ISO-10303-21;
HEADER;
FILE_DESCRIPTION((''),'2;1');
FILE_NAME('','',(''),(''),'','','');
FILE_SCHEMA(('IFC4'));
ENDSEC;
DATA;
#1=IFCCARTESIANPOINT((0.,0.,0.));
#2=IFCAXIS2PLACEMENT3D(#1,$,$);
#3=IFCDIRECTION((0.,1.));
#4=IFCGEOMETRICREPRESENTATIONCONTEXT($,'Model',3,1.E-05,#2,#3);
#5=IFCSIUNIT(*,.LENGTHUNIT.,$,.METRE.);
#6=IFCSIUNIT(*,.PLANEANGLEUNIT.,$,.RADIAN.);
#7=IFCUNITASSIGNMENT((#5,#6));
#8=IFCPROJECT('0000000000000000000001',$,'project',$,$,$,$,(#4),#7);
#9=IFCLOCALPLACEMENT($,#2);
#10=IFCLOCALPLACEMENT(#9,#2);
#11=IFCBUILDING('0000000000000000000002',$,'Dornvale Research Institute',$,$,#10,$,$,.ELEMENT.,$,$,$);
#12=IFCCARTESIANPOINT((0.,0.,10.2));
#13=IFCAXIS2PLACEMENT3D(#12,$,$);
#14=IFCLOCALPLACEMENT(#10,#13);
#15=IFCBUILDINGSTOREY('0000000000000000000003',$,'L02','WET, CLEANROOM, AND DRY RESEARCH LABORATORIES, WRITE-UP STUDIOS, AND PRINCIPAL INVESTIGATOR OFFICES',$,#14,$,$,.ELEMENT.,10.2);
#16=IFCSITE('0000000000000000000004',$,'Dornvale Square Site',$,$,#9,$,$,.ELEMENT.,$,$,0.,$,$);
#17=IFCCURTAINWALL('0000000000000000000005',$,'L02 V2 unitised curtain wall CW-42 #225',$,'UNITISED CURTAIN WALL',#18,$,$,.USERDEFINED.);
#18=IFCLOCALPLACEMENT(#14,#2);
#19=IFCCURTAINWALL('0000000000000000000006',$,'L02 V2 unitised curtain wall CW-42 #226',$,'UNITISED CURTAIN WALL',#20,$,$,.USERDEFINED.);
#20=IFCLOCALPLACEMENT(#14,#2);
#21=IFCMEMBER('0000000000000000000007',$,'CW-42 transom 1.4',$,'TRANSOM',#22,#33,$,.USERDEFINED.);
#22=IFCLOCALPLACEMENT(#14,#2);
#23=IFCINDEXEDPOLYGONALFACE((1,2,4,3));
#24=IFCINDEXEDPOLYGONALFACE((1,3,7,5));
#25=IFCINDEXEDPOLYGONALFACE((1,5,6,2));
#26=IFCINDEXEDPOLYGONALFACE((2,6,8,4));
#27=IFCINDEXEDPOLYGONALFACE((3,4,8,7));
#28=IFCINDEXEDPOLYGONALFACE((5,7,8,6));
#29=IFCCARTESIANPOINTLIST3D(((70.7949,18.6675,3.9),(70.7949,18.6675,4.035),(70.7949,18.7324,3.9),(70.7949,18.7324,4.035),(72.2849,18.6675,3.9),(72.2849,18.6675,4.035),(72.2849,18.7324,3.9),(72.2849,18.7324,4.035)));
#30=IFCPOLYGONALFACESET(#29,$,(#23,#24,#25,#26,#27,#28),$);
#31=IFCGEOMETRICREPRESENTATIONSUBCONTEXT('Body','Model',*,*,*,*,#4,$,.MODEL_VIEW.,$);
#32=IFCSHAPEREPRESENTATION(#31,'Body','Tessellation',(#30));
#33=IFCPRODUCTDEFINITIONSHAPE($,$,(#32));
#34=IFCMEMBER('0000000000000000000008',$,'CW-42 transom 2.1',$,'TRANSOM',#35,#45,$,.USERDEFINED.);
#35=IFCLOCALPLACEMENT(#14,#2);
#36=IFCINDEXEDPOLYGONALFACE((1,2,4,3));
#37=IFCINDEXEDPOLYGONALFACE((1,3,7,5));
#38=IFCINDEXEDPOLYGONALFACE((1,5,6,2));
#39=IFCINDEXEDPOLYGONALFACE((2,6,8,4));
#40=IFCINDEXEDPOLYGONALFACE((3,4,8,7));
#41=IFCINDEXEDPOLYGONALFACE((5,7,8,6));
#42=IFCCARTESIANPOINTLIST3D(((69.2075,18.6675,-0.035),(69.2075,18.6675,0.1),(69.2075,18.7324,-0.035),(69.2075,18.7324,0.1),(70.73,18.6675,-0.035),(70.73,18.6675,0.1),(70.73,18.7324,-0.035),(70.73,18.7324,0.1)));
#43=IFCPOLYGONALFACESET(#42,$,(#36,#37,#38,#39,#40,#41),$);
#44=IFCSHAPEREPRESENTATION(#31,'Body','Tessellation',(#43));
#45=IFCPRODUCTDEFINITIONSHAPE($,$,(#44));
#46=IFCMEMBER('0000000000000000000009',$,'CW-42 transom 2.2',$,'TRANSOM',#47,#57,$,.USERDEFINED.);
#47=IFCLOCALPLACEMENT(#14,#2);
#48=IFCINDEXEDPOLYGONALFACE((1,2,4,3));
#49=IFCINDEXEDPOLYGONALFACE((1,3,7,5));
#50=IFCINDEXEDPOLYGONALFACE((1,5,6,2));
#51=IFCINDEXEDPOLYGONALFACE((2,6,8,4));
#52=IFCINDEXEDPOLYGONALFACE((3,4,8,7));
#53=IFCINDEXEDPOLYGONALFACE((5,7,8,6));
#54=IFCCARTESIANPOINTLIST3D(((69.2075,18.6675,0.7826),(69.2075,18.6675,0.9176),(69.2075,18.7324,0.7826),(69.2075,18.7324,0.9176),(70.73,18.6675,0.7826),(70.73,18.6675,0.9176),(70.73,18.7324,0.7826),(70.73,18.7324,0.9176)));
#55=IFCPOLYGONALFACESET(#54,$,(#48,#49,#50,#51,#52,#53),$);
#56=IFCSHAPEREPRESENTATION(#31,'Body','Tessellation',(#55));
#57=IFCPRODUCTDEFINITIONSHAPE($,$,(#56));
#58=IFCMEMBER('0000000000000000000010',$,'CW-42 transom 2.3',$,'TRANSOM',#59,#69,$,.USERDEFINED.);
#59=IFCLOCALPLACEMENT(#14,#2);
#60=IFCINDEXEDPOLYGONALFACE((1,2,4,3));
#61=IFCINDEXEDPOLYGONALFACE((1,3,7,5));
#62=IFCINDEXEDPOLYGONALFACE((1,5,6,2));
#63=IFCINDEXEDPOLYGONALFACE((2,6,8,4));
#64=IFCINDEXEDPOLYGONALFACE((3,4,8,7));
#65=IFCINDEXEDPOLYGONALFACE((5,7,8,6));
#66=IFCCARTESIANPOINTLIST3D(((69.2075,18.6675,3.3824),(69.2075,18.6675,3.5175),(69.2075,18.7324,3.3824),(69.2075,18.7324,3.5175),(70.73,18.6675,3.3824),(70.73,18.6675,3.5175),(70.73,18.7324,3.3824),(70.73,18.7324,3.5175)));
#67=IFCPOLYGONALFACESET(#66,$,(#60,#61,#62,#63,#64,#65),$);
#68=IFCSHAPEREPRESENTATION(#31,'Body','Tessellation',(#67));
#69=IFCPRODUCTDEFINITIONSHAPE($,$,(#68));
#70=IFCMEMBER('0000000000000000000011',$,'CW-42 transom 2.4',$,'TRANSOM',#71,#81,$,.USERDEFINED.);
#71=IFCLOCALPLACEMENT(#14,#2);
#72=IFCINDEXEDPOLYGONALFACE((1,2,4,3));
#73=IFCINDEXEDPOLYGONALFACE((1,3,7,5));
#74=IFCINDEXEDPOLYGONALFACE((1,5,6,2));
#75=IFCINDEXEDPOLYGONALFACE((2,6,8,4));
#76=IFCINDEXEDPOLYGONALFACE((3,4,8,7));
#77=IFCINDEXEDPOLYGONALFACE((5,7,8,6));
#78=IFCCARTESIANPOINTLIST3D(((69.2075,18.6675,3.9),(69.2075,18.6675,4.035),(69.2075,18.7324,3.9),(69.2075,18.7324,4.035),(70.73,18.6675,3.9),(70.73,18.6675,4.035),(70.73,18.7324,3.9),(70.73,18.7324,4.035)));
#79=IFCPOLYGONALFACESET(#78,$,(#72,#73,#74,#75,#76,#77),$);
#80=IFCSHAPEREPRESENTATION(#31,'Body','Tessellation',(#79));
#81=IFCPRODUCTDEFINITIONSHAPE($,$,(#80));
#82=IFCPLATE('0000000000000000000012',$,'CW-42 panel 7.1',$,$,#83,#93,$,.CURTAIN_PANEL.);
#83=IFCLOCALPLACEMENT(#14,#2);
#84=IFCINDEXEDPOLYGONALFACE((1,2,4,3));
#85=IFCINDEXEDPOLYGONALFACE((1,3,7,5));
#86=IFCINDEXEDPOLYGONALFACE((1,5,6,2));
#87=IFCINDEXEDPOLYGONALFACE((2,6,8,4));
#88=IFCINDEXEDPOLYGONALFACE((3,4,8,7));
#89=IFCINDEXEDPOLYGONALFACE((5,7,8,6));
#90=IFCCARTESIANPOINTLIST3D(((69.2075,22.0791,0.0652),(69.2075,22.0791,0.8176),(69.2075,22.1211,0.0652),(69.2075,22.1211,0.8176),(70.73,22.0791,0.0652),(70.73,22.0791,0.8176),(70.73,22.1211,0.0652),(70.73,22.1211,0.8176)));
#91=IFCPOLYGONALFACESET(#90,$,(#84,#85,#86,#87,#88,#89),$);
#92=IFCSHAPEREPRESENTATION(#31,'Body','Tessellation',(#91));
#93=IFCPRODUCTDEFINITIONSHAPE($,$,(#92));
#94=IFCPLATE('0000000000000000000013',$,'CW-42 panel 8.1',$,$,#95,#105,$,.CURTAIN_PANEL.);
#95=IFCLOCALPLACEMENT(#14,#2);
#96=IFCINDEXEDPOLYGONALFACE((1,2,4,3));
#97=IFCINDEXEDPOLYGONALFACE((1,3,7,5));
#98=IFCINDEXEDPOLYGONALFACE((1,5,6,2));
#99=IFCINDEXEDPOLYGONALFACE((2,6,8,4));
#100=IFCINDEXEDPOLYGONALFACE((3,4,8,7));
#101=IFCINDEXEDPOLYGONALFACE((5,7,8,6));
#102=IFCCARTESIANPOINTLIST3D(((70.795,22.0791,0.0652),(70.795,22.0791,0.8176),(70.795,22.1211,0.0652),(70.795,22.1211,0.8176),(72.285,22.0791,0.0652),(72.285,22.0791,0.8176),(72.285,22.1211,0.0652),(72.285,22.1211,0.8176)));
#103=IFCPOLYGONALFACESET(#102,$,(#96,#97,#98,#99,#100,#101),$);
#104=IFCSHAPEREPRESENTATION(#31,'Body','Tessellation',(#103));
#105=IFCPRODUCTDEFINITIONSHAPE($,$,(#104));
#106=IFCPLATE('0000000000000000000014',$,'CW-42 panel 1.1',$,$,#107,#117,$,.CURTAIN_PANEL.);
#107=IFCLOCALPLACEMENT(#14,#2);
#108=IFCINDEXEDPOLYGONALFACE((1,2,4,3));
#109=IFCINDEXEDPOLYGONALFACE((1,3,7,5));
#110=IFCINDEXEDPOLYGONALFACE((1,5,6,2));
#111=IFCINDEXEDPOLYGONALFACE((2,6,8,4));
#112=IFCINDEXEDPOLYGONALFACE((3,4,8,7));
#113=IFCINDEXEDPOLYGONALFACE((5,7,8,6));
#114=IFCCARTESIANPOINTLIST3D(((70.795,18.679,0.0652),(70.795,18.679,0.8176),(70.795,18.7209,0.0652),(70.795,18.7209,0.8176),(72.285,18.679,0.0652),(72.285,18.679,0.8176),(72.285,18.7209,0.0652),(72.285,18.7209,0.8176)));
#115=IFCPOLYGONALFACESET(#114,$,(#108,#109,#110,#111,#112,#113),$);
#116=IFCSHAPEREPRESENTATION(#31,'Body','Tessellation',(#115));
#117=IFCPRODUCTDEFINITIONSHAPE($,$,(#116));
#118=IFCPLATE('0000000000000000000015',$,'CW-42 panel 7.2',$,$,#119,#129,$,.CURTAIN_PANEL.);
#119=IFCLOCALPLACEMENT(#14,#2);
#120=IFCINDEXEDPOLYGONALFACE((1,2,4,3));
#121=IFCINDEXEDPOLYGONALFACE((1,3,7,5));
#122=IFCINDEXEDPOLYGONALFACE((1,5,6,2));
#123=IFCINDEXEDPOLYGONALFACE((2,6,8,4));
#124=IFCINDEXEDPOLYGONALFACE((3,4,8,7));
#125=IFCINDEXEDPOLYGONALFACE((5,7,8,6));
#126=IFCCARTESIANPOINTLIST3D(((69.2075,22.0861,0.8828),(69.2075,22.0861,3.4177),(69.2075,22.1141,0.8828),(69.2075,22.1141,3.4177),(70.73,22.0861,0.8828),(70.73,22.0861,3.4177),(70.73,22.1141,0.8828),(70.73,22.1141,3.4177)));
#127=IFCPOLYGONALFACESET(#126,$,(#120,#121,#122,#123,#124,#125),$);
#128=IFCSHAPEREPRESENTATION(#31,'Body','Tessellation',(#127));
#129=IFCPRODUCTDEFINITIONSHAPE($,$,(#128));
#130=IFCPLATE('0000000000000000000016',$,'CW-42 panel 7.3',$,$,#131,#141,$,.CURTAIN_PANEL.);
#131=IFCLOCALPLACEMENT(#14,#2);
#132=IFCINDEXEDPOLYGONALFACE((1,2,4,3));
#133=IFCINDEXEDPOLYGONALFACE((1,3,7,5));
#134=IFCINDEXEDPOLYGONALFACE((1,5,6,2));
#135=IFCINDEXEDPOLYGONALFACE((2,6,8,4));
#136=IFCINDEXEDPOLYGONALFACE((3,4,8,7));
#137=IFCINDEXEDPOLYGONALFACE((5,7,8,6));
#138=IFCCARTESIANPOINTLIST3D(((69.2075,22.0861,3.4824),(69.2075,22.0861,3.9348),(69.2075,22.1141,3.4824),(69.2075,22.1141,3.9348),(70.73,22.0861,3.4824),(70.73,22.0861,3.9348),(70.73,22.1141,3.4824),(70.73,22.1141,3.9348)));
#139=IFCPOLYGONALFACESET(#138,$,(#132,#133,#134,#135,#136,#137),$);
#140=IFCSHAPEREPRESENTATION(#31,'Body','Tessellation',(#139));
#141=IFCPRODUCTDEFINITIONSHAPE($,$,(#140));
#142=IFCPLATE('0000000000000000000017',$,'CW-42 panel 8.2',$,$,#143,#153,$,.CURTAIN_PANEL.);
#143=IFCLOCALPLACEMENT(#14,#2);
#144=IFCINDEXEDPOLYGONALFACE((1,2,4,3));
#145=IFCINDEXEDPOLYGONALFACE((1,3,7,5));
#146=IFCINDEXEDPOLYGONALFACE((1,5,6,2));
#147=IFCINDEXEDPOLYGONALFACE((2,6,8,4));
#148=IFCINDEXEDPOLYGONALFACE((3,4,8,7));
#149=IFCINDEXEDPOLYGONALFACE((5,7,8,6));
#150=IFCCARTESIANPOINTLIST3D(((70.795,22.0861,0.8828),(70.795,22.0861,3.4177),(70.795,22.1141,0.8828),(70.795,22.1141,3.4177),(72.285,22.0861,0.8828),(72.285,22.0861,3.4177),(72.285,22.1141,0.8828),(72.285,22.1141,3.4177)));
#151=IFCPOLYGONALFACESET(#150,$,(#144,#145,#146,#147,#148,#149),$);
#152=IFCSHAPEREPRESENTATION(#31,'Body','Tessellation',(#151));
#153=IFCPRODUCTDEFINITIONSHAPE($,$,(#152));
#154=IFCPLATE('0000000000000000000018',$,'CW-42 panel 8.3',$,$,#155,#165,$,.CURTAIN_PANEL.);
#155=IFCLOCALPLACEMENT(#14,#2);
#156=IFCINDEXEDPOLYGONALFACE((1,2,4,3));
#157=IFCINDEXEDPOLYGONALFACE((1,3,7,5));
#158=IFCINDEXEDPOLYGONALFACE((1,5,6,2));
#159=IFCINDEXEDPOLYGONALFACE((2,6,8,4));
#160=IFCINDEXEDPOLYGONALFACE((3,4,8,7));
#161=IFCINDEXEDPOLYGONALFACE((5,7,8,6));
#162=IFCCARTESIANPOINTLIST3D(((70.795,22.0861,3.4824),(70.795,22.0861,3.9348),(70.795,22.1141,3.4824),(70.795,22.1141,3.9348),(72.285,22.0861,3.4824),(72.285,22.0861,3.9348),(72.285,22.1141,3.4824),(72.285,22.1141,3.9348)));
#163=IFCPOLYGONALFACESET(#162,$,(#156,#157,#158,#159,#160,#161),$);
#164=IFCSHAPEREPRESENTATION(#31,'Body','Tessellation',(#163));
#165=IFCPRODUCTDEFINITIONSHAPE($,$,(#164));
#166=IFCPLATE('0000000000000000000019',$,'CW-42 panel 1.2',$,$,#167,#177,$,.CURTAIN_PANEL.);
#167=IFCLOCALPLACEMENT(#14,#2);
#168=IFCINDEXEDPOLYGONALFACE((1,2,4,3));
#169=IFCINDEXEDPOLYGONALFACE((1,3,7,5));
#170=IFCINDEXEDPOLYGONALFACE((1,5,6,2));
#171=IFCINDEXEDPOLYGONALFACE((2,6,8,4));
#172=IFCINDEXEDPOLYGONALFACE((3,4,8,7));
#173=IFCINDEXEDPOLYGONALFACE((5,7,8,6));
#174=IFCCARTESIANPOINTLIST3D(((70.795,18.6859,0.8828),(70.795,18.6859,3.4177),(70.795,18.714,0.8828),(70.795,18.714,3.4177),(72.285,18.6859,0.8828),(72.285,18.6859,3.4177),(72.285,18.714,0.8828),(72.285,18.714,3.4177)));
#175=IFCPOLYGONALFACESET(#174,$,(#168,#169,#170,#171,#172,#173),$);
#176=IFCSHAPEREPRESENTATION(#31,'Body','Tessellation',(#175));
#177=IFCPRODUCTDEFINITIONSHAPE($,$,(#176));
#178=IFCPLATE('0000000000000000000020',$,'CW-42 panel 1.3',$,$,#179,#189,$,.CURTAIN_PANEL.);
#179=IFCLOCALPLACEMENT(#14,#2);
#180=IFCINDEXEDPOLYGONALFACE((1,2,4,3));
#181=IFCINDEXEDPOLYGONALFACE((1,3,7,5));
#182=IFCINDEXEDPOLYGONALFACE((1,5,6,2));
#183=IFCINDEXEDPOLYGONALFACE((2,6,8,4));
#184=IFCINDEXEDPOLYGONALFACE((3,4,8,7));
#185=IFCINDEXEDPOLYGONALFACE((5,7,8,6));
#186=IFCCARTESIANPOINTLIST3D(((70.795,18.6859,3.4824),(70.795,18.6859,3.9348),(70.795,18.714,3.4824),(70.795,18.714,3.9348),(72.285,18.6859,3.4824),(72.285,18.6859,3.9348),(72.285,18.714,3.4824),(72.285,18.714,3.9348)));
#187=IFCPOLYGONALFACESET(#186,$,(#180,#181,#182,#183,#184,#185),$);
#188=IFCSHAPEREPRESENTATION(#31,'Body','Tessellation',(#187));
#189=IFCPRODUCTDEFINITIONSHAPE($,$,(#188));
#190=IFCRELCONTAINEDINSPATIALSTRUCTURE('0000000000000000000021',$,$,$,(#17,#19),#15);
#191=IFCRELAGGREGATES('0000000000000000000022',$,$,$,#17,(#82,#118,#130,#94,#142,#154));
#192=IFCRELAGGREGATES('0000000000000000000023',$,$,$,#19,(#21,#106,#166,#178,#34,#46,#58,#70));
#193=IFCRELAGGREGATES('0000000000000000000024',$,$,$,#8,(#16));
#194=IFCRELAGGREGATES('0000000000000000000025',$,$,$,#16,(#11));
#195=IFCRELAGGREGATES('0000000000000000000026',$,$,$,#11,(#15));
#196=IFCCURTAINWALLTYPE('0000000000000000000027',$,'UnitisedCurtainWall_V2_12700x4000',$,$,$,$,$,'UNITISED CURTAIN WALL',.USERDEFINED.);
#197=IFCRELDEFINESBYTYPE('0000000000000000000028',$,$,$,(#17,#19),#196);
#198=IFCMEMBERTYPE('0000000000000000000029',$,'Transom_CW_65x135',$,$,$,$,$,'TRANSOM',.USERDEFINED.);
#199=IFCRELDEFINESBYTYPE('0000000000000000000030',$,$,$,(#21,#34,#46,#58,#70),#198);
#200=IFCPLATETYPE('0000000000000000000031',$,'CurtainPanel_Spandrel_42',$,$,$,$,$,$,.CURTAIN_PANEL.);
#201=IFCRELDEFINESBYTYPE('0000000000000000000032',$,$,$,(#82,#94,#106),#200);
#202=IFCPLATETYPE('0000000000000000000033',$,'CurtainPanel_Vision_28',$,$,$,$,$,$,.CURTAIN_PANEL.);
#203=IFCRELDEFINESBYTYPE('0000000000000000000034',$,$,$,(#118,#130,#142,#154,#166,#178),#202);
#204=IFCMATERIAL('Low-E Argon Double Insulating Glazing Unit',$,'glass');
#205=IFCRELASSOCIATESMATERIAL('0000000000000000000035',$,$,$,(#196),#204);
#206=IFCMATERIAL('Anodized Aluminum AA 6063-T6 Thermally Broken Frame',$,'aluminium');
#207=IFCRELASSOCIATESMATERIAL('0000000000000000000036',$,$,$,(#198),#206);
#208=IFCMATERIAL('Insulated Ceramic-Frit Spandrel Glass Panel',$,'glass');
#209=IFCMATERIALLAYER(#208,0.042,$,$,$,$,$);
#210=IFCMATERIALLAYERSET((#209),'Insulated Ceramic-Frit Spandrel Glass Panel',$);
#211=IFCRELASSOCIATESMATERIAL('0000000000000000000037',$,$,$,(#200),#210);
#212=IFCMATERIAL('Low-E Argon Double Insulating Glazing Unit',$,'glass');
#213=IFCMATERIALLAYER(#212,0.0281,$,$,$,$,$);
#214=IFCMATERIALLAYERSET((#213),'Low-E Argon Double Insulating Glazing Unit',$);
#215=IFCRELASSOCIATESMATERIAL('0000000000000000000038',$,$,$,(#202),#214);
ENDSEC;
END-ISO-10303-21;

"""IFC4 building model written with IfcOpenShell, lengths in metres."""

from ifc_helpers import new_model, si_unit, direction, frame, origin, origin_2d, place, context, subcontext, project, spatial, rectangle, extrude, material, layer, layer_set, material_profile, profile_set, type_object, element, aggregate, save


model = new_model("IFC4")

# Units and contexts
model_context = context("Model", 3, precision=1e-05, world=origin(), true_north=direction((0.0, 1.0)))
body_context = subcontext(model_context, "Body", "Model", "MODEL_VIEW")
ifc_project = project(units=[si_unit("LENGTHUNIT", "METRE"), si_unit("PLANEANGLEUNIT", "RADIAN")], contexts=[model_context])

# Site, building, storey
site_placement = place(None, origin())
site = spatial("IfcSite", under=ifc_project, at=site_placement, Name="Dornvale Square Site", CompositionType="ELEMENT", RefElevation=0.0)
building_placement = place(site_placement, origin())
building = spatial("IfcBuilding", under=site, at=building_placement, Name="Dornvale Research Institute", CompositionType="ELEMENT")
storey_placement = place(building_placement, frame((0.0, 0.0, 10.2)))
storey = spatial("IfcBuildingStorey", under=building, at=storey_placement, Name="L02", Description="WET, CLEANROOM, AND DRY RESEARCH LABORATORIES, WRITE-UP STUDIOS, AND PRINCIPAL INVESTIGATOR OFFICES", CompositionType="ELEMENT", Elevation=10.2)

# Curtain walls
ifc_material_1 = material(Name="Low-E Argon Double Insulating Glazing Unit", Category="glass")
curtain_wall_type = type_object("IfcCurtainWallType", Name="UnitisedCurtainWall_V2_12700x4000", ElementType="UNITISED CURTAIN WALL", PredefinedType="USERDEFINED", material=ifc_material_1)
curtain_wall_1_placement = place(storey_placement, origin())
curtain_wall_1 = element("IfcCurtainWall", 1, at=curtain_wall_1_placement, inside=storey, type_object=curtain_wall_type, Name="L02 V2 unitised curtain wall CW-42 #225", ObjectType="UNITISED CURTAIN WALL", PredefinedType="USERDEFINED")
curtain_wall_2_placement = place(storey_placement, origin())
curtain_wall_2 = element("IfcCurtainWall", 2, at=curtain_wall_2_placement, inside=storey, type_object=curtain_wall_type, Name="L02 V2 unitised curtain wall CW-42 #226", ObjectType="UNITISED CURTAIN WALL", PredefinedType="USERDEFINED")

# Members
ifc_material_2 = material(Name="Anodized Aluminum AA 6063-T6 Thermally Broken Frame", Category="aluminium")
ifc_material_profile_1 = material_profile(ifc_material_2, rectangle(XDim=0.0649, YDim=0.135, at=origin_2d()), Name="ALU TRANSOM 65x135")
ifc_profile_set_1 = profile_set([ifc_material_profile_1], Name="Anodized Aluminum AA 6063-T6 Thermally Broken Frame")
member_type_1 = type_object("IfcMemberType", Name="Transom_CW_65x135", ElementType="TRANSOM", PredefinedType="USERDEFINED", material=ifc_profile_set_1)
member_1_placement = place(storey_placement, frame((72.2849, 18.7, 3.9675), z_axis=(-1.0, 0.0, 0.0), x_axis=(0.0, -1.0, 0.0)))
member_1 = element("IfcMember", 3, at=member_1_placement, type_object=member_type_1, Name="CW-42 transom 1.4", ObjectType="TRANSOM", PredefinedType="USERDEFINED", context=body_context, shape_type="SweptSolid", body=[
    extrude(rectangle(XDim=0.0649, YDim=0.135, at=origin_2d()), origin(), (0.0, 0.0, 1.0), 1.49),
])
member_2_placement = place(storey_placement, frame((70.73, 18.7, 0.0325), z_axis=(-1.0, 0.0, 0.0), x_axis=(0.0, -1.0, 0.0)))
member_2 = element("IfcMember", 4, at=member_2_placement, type_object=member_type_1, Name="CW-42 transom 2.1", ObjectType="TRANSOM", PredefinedType="USERDEFINED", context=body_context, shape_type="SweptSolid", body=[
    extrude(rectangle(XDim=0.0649, YDim=0.135, at=origin_2d()), origin(), (0.0, 0.0, 1.0), 1.5225),
])
member_3_placement = place(storey_placement, frame((70.73, 18.7, 0.8501), z_axis=(-1.0, 0.0, 0.0), x_axis=(0.0, -1.0, 0.0)))
member_3 = element("IfcMember", 5, at=member_3_placement, type_object=member_type_1, Name="CW-42 transom 2.2", ObjectType="TRANSOM", PredefinedType="USERDEFINED", context=body_context, shape_type="SweptSolid", body=[
    extrude(rectangle(XDim=0.0649, YDim=0.135, at=origin_2d()), origin(), (0.0, 0.0, 1.0), 1.5225),
])
member_4_placement = place(storey_placement, frame((70.73, 18.7, 3.45), z_axis=(-1.0, 0.0, 0.0), x_axis=(0.0, -1.0, 0.0)))
member_4 = element("IfcMember", 6, at=member_4_placement, type_object=member_type_1, Name="CW-42 transom 2.3", ObjectType="TRANSOM", PredefinedType="USERDEFINED", context=body_context, shape_type="SweptSolid", body=[
    extrude(rectangle(XDim=0.0649, YDim=0.135, at=origin_2d()), origin(), (0.0, 0.0, 1.0), 1.5225),
])
member_5_placement = place(storey_placement, frame((70.73, 18.7, 3.9675), z_axis=(-1.0, 0.0, 0.0), x_axis=(0.0, -1.0, 0.0)))
member_5 = element("IfcMember", 7, at=member_5_placement, type_object=member_type_1, Name="CW-42 transom 2.4", ObjectType="TRANSOM", PredefinedType="USERDEFINED", context=body_context, shape_type="SweptSolid", body=[
    extrude(rectangle(XDim=0.0649, YDim=0.135, at=origin_2d()), origin(), (0.0, 0.0, 1.0), 1.5225),
])

# Plates
ifc_material_3 = material(Name="Insulated Ceramic-Frit Spandrel Glass Panel", Category="glass")
ifc_layer_1 = layer(ifc_material_3, 0.042)
ifc_layer_set_1 = layer_set([ifc_layer_1], Name="Insulated Ceramic-Frit Spandrel Glass Panel")
plate_type_1 = type_object("IfcPlateType", Name="CurtainPanel_Spandrel_42", PredefinedType="CURTAIN_PANEL", material=ifc_layer_set_1)
plate_1_placement = place(storey_placement, frame((69.9688, 22.1001, 0.0652), z_axis=(0.0, 0.0, 1.0), x_axis=(1.0, 0.0, 0.0)))
plate_1 = element("IfcPlate", 8, at=plate_1_placement, type_object=plate_type_1, Name="CW-42 panel 7.1", PredefinedType="CURTAIN_PANEL", context=body_context, shape_type="SweptSolid", body=[
    extrude(rectangle(XDim=1.5225, YDim=0.042, at=origin_2d()), origin(), (0.0, 0.0, 1.0), 0.7524),
])
plate_2_placement = place(storey_placement, frame((71.54, 22.1001, 0.0652), z_axis=(0.0, 0.0, 1.0), x_axis=(1.0, 0.0, 0.0)))
plate_2 = element("IfcPlate", 9, at=plate_2_placement, type_object=plate_type_1, Name="CW-42 panel 8.1", PredefinedType="CURTAIN_PANEL", context=body_context, shape_type="SweptSolid", body=[
    extrude(rectangle(XDim=1.49, YDim=0.042, at=origin_2d()), origin(), (0.0, 0.0, 1.0), 0.7524),
])
plate_3_placement = place(storey_placement, frame((71.54, 18.7, 0.0652), z_axis=(0.0, 0.0, 1.0), x_axis=(-1.0, 0.0, 0.0)))
plate_3 = element("IfcPlate", 10, at=plate_3_placement, type_object=plate_type_1, Name="CW-42 panel 1.1", PredefinedType="CURTAIN_PANEL", context=body_context, shape_type="SweptSolid", body=[
    extrude(rectangle(XDim=1.49, YDim=0.042, at=origin_2d()), origin(), (0.0, 0.0, 1.0), 0.7524),
])
ifc_material_4 = material(Name="Low-E Argon Double Insulating Glazing Unit", Category="glass")
ifc_layer_2 = layer(ifc_material_4, 0.0281)
ifc_layer_set_2 = layer_set([ifc_layer_2], Name="Low-E Argon Double Insulating Glazing Unit")
plate_type_2 = type_object("IfcPlateType", Name="CurtainPanel_Vision_28", PredefinedType="CURTAIN_PANEL", material=ifc_layer_set_2)
plate_4_placement = place(storey_placement, frame((69.9688, 22.1001, 0.8828), z_axis=(0.0, 0.0, 1.0), x_axis=(1.0, 0.0, 0.0)))
plate_4 = element("IfcPlate", 11, at=plate_4_placement, type_object=plate_type_2, Name="CW-42 panel 7.2", PredefinedType="CURTAIN_PANEL", context=body_context, shape_type="SweptSolid", body=[
    extrude(rectangle(XDim=1.5225, YDim=0.0281, at=origin_2d()), origin(), (0.0, 0.0, 1.0), 2.5349),
])
plate_5_placement = place(storey_placement, frame((69.9688, 22.1001, 3.4824), z_axis=(0.0, 0.0, 1.0), x_axis=(1.0, 0.0, 0.0)))
plate_5 = element("IfcPlate", 12, at=plate_5_placement, type_object=plate_type_2, Name="CW-42 panel 7.3", PredefinedType="CURTAIN_PANEL", context=body_context, shape_type="SweptSolid", body=[
    extrude(rectangle(XDim=1.5225, YDim=0.0281, at=origin_2d()), origin(), (0.0, 0.0, 1.0), 0.4524),
])
plate_6_placement = place(storey_placement, frame((71.54, 22.1001, 0.8828), z_axis=(0.0, 0.0, 1.0), x_axis=(1.0, 0.0, 0.0)))
plate_6 = element("IfcPlate", 13, at=plate_6_placement, type_object=plate_type_2, Name="CW-42 panel 8.2", PredefinedType="CURTAIN_PANEL", context=body_context, shape_type="SweptSolid", body=[
    extrude(rectangle(XDim=1.49, YDim=0.0281, at=origin_2d()), origin(), (0.0, 0.0, 1.0), 2.5349),
])
plate_7_placement = place(storey_placement, frame((71.54, 22.1001, 3.4824), z_axis=(0.0, 0.0, 1.0), x_axis=(1.0, 0.0, 0.0)))
plate_7 = element("IfcPlate", 14, at=plate_7_placement, type_object=plate_type_2, Name="CW-42 panel 8.3", PredefinedType="CURTAIN_PANEL", context=body_context, shape_type="SweptSolid", body=[
    extrude(rectangle(XDim=1.49, YDim=0.0281, at=origin_2d()), origin(), (0.0, 0.0, 1.0), 0.4524),
])
aggregate(curtain_wall_1, [plate_1, plate_4, plate_5, plate_2, plate_6, plate_7])
plate_8_placement = place(storey_placement, frame((71.54, 18.7, 0.8828), z_axis=(0.0, 0.0, 1.0), x_axis=(-1.0, 0.0, 0.0)))
plate_8 = element("IfcPlate", 15, at=plate_8_placement, type_object=plate_type_2, Name="CW-42 panel 1.2", PredefinedType="CURTAIN_PANEL", context=body_context, shape_type="SweptSolid", body=[
    extrude(rectangle(XDim=1.49, YDim=0.0281, at=origin_2d()), origin(), (0.0, 0.0, 1.0), 2.5349),
])
plate_9_placement = place(storey_placement, frame((71.54, 18.7, 3.4824), z_axis=(0.0, 0.0, 1.0), x_axis=(-1.0, 0.0, 0.0)))
plate_9 = element("IfcPlate", 16, at=plate_9_placement, type_object=plate_type_2, Name="CW-42 panel 1.3", PredefinedType="CURTAIN_PANEL", context=body_context, shape_type="SweptSolid", body=[
    extrude(rectangle(XDim=1.49, YDim=0.0281, at=origin_2d()), origin(), (0.0, 0.0, 1.0), 0.4524),
])
aggregate(curtain_wall_2, [member_1, plate_3, plate_8, plate_9, member_2, member_3, member_4, member_5])

save(model, "model.ifc")
